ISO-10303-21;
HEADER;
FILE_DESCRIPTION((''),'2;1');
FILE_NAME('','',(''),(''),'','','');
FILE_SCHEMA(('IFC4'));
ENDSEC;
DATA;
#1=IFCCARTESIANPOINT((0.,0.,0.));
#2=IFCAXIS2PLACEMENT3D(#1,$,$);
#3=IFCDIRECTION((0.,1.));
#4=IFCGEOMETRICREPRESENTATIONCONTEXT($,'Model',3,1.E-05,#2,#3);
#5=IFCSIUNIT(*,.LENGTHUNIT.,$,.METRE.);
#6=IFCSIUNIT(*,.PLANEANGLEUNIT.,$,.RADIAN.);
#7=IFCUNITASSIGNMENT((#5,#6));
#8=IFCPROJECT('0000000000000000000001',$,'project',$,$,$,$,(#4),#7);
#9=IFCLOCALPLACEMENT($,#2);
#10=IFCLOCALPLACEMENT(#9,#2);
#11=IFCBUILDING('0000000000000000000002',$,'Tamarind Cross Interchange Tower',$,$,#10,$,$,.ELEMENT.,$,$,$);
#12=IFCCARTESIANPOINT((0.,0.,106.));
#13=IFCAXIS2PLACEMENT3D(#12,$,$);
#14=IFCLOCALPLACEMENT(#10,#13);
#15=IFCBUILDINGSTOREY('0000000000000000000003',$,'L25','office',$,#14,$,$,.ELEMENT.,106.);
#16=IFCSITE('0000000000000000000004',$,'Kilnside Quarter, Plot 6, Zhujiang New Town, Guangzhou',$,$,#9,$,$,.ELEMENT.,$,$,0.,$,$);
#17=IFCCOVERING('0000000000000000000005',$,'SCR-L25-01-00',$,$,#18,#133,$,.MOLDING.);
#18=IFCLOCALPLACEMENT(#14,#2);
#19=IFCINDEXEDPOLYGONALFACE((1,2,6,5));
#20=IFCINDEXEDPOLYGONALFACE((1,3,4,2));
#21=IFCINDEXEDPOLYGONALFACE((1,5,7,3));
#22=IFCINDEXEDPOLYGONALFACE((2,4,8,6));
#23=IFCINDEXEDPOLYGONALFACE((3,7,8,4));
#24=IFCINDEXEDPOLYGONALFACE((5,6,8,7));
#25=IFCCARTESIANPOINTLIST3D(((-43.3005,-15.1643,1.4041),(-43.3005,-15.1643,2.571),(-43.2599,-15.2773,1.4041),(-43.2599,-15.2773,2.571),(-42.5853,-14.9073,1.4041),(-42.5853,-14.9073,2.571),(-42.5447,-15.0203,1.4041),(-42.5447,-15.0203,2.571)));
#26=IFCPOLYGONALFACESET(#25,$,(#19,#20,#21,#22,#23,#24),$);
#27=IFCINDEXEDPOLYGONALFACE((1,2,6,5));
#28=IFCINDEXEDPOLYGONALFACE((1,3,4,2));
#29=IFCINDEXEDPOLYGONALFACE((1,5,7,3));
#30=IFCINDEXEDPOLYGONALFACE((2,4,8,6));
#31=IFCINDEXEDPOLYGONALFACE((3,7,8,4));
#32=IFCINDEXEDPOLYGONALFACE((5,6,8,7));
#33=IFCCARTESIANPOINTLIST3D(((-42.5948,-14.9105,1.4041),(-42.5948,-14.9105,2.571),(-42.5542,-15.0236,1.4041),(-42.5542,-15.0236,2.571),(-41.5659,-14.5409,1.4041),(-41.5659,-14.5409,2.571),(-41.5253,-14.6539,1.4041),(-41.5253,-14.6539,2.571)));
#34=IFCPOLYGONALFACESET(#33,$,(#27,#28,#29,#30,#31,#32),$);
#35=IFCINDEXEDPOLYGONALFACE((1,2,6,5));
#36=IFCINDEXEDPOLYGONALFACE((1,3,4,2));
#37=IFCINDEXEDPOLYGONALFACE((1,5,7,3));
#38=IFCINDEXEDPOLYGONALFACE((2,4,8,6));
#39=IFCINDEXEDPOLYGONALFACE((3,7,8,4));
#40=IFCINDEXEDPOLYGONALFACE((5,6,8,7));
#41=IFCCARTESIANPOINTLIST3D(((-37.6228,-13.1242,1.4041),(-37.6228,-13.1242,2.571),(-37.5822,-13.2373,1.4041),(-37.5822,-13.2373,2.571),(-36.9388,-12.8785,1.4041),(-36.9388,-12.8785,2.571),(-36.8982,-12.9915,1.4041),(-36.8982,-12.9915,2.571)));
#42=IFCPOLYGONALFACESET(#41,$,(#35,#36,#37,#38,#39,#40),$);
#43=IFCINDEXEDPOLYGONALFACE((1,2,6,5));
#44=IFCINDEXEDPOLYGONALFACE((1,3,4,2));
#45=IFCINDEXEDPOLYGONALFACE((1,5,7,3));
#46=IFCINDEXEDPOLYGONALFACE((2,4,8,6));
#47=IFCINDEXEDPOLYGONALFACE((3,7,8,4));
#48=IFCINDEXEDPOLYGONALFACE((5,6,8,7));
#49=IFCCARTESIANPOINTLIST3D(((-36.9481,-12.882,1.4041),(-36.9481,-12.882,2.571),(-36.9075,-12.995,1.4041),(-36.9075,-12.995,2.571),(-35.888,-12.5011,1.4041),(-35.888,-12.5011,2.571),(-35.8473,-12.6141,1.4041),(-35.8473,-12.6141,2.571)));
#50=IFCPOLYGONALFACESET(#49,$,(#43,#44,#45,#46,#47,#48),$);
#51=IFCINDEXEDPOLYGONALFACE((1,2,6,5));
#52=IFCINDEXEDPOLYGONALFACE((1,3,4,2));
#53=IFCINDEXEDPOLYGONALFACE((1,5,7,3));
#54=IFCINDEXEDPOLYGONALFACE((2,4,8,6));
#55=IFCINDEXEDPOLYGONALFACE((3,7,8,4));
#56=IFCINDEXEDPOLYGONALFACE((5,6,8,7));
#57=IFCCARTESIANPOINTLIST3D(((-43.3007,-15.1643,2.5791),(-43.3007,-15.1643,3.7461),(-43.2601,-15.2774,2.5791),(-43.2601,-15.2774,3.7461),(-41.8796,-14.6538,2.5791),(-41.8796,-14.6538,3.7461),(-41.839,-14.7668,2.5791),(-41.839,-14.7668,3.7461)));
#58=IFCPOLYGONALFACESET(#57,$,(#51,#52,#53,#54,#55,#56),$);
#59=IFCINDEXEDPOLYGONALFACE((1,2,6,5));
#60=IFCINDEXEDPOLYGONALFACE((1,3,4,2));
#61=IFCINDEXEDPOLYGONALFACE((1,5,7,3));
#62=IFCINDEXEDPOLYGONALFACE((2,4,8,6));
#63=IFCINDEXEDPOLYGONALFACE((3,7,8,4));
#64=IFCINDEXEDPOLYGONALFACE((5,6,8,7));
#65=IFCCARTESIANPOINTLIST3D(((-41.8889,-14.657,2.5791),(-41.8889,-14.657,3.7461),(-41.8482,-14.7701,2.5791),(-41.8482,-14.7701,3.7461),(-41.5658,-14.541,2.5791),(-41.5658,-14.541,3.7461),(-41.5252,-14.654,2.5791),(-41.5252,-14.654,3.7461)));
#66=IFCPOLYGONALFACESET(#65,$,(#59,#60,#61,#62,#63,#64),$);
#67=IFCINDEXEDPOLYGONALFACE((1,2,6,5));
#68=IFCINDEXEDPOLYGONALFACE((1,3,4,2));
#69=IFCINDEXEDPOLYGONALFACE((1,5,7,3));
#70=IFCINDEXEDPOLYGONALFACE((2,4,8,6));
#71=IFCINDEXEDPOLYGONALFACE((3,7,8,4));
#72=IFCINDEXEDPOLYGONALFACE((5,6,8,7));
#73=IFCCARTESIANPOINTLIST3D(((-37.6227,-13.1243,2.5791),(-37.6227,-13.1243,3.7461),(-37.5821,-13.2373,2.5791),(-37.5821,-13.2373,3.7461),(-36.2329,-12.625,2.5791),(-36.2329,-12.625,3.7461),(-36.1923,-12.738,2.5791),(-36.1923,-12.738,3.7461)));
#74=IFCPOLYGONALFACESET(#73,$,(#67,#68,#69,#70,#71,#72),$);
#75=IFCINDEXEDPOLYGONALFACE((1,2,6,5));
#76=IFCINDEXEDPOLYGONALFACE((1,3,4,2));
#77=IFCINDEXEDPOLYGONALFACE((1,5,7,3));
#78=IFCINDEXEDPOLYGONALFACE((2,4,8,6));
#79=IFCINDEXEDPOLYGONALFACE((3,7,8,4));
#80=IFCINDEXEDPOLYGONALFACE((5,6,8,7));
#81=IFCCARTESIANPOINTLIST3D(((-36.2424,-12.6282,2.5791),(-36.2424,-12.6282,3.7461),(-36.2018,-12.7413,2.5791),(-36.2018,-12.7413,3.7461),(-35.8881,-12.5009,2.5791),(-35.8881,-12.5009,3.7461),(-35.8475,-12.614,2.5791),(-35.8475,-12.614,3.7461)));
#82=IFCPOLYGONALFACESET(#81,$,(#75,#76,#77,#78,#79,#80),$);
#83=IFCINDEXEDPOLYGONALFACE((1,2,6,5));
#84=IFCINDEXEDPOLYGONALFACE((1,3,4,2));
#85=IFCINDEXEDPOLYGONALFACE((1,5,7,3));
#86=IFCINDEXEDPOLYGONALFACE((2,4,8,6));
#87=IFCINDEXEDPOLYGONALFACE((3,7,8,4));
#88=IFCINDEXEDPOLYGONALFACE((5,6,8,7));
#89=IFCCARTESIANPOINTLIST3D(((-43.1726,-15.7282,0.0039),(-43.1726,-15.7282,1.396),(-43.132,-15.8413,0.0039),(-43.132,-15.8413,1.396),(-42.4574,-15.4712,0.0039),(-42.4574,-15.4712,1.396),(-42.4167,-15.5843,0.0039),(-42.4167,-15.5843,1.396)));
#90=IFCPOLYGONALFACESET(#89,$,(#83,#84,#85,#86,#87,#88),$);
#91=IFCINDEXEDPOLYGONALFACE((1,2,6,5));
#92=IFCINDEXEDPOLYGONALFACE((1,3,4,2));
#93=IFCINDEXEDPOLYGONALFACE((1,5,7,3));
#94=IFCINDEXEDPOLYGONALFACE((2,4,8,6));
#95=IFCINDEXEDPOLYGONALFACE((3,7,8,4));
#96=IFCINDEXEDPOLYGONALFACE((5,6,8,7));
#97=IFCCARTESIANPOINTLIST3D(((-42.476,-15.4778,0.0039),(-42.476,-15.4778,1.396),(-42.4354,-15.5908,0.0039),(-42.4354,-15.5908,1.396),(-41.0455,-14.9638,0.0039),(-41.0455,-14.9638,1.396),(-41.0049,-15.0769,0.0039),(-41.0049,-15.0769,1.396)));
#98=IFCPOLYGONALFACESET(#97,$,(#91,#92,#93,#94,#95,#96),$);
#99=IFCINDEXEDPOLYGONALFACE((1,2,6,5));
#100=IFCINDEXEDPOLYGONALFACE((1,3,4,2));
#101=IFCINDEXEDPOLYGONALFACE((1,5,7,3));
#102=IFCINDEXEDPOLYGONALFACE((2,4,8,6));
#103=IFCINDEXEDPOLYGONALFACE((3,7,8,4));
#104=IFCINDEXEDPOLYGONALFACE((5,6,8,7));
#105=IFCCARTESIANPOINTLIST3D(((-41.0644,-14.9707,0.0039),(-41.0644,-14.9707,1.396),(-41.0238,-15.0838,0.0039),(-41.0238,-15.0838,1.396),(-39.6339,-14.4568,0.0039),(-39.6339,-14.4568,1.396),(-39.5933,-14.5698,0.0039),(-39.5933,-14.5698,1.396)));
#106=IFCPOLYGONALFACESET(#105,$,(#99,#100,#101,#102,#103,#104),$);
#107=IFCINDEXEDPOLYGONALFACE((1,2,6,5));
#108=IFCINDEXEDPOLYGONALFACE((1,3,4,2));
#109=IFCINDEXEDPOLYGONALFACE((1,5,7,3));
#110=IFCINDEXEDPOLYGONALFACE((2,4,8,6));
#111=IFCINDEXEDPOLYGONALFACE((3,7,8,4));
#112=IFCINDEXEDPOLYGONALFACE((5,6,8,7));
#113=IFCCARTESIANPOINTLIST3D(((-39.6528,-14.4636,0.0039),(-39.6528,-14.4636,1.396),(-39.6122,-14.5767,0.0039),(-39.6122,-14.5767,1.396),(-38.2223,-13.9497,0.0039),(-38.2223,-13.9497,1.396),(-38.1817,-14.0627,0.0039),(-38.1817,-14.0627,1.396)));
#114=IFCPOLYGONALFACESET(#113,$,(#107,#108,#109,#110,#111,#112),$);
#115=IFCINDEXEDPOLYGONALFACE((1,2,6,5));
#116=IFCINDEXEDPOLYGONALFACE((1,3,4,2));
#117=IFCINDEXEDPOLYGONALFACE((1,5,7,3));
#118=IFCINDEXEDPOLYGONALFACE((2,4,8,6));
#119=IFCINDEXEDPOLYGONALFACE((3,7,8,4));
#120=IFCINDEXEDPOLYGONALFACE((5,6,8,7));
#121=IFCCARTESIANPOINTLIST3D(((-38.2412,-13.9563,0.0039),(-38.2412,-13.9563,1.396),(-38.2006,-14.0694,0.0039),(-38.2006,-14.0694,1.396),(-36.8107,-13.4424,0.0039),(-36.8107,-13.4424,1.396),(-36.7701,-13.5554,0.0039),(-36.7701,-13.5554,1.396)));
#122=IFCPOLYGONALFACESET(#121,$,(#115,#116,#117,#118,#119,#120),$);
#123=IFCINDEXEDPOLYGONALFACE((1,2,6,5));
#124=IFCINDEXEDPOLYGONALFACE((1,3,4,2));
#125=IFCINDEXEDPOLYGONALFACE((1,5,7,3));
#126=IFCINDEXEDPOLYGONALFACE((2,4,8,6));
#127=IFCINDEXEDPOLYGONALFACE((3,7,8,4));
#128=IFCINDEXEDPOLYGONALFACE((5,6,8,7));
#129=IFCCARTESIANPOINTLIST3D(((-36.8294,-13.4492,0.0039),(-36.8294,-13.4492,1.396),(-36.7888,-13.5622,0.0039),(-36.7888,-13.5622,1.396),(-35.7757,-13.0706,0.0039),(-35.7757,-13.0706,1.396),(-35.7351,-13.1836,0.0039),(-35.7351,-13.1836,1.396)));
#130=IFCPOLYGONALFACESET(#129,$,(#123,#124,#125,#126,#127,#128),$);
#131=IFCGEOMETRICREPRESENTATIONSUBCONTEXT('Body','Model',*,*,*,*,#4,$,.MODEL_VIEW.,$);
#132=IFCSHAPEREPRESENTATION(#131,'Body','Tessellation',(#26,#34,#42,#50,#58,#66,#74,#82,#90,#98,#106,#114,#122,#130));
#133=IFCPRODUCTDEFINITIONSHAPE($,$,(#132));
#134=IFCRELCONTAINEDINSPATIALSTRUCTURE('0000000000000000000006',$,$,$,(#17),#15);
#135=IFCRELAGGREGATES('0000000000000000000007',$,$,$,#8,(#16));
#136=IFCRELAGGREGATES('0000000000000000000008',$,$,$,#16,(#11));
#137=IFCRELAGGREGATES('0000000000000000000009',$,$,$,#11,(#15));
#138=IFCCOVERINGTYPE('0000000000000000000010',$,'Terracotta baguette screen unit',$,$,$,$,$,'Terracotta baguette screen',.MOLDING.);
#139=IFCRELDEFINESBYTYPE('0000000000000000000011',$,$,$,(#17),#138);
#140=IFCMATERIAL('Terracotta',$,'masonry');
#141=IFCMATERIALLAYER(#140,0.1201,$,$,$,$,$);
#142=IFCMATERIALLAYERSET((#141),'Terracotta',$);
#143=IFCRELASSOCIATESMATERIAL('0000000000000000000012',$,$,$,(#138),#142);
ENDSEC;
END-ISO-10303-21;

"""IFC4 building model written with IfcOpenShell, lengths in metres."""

from ifc_helpers import new_model, si_unit, direction, frame, origin, origin_2d, place, context, subcontext, project, spatial, rectangle, extrude, material, layer, layer_set, type_object, element, save


model = new_model("IFC4")

# Units and contexts
model_context = context("Model", 3, precision=1e-05, world=origin(), true_north=direction((0.0, 1.0)))
body_context = subcontext(model_context, "Body", "Model", "MODEL_VIEW")
ifc_project = project(units=[si_unit("LENGTHUNIT", "METRE"), si_unit("PLANEANGLEUNIT", "RADIAN")], contexts=[model_context])

# Site, building, storey
site_placement = place(None, origin())
site = spatial("IfcSite", under=ifc_project, at=site_placement, Name="Kilnside Quarter, Plot 6, Zhujiang New Town, Guangzhou", CompositionType="ELEMENT", RefElevation=0.0)
building_placement = place(site_placement, origin())
building = spatial("IfcBuilding", under=site, at=building_placement, Name="Tamarind Cross Interchange Tower", CompositionType="ELEMENT")
storey_placement = place(building_placement, frame((0.0, 0.0, 106.0)))
storey = spatial("IfcBuildingStorey", under=building, at=storey_placement, Name="L25", Description="office", CompositionType="ELEMENT", Elevation=106.0)

# Covering
ifc_material_1 = material(Name="Terracotta", Category="masonry")
ifc_layer_1 = layer(ifc_material_1, 0.1201)
ifc_layer_set_1 = layer_set([ifc_layer_1], Name="Terracotta")
covering_type = type_object("IfcCoveringType", Name="Terracotta baguette screen unit", ElementType="Terracotta baguette screen", PredefinedType="MOLDING", material=ifc_layer_set_1)
covering_1_placement = place(storey_placement, origin())
element("IfcCovering", 1, at=covering_1_placement, inside=storey, type_object=covering_type, Name="SCR-L25-01-00", PredefinedType="MOLDING", context=body_context, shape_type="SweptSolid", body=[
    extrude(rectangle(XDim=0.76, YDim=0.1201, at=origin_2d()), frame((-42.9226, -15.0923, 1.4041), z_axis=(0.0, 0.0, 1.0), x_axis=(0.9411, 0.338129, 0.0)), (0.0, 0.0, 1.0), 1.167),
    extrude(rectangle(XDim=1.0933, YDim=0.1201, at=origin_2d()), frame((-42.0601, -14.7822, 1.4041), z_axis=(0.0, 0.0, 1.0), x_axis=(0.9411, 0.338129, 0.0)), (0.0, 0.0, 1.0), 1.167),
    extrude(rectangle(XDim=0.7268, YDim=0.1201, at=origin_2d()), frame((-37.2605, -13.0579, 1.4041), z_axis=(0.0, 0.0, 1.0), x_axis=(0.9411, 0.338129, 0.0)), (0.0, 0.0, 1.0), 1.167),
    extrude(rectangle(XDim=1.1265, YDim=0.1201, at=origin_2d()), frame((-36.3977, -12.748, 1.4041), z_axis=(0.0, 0.0, 1.0), x_axis=(0.9411, 0.338129, 0.0)), (0.0, 0.0, 1.0), 1.167),
    extrude(rectangle(XDim=1.51, YDim=0.1201, at=origin_2d()), frame((-42.5698, -14.9656, 2.5791), z_axis=(0.0, 0.0, 1.0), x_axis=(0.9411, 0.338129, 0.0)), (0.0, 0.0, 1.0), 1.167),
    extrude(rectangle(XDim=0.3433, YDim=0.1201, at=origin_2d()), frame((-41.707, -14.6555, 2.5791), z_axis=(0.0, 0.0, 1.0), x_axis=(0.9411, 0.338129, 0.0)), (0.0, 0.0, 1.0), 1.167),
    extrude(rectangle(XDim=1.4768, YDim=0.1201, at=origin_2d()), frame((-36.9075, -12.9312, 2.5791), z_axis=(0.0, 0.0, 1.0), x_axis=(0.9411, 0.338129, 0.0)), (0.0, 0.0, 1.0), 1.167),
    extrude(rectangle(XDim=0.3765, YDim=0.1201, at=origin_2d()), frame((-36.0449, -12.6211, 2.5791), z_axis=(0.0, 0.0, 1.0), x_axis=(0.9411, 0.338129, 0.0)), (0.0, 0.0, 1.0), 1.167),
    extrude(rectangle(XDim=0.76, YDim=0.1201, at=origin_2d()), frame((-42.7947, -15.6562, 0.0039), z_axis=(0.0, 0.0, 1.0), x_axis=(0.9411, 0.338129, 0.0)), (0.0, 0.0, 1.0), 1.3921),
    extrude(rectangle(XDim=1.52, YDim=0.1201, at=origin_2d()), frame((-41.7405, -15.2773, 0.0039), z_axis=(0.0, 0.0, 1.0), x_axis=(0.9411, 0.338129, 0.0)), (0.0, 0.0, 1.0), 1.3921),
    extrude(rectangle(XDim=1.52, YDim=0.1201, at=origin_2d()), frame((-40.3289, -14.7703, 0.0039), z_axis=(0.0, 0.0, 1.0), x_axis=(0.9411, 0.338129, 0.0)), (0.0, 0.0, 1.0), 1.3921),
    extrude(rectangle(XDim=1.52, YDim=0.1201, at=origin_2d()), frame((-38.9172, -14.2632, 0.0039), z_axis=(0.0, 0.0, 1.0), x_axis=(0.9411, 0.338129, 0.0)), (0.0, 0.0, 1.0), 1.3921),
    extrude(rectangle(XDim=1.52, YDim=0.1201, at=origin_2d()), frame((-37.5056, -13.7559, 0.0039), z_axis=(0.0, 0.0, 1.0), x_axis=(0.9411, 0.338129, 0.0)), (0.0, 0.0, 1.0), 1.3921),
    extrude(rectangle(XDim=1.1196, YDim=0.1201, at=origin_2d()), frame((-36.2822, -13.3164, 0.0039), z_axis=(0.0, 0.0, 1.0), x_axis=(0.9411, 0.338129, 0.0)), (0.0, 0.0, 1.0), 1.3921),
])

save(model, "model.ifc")
